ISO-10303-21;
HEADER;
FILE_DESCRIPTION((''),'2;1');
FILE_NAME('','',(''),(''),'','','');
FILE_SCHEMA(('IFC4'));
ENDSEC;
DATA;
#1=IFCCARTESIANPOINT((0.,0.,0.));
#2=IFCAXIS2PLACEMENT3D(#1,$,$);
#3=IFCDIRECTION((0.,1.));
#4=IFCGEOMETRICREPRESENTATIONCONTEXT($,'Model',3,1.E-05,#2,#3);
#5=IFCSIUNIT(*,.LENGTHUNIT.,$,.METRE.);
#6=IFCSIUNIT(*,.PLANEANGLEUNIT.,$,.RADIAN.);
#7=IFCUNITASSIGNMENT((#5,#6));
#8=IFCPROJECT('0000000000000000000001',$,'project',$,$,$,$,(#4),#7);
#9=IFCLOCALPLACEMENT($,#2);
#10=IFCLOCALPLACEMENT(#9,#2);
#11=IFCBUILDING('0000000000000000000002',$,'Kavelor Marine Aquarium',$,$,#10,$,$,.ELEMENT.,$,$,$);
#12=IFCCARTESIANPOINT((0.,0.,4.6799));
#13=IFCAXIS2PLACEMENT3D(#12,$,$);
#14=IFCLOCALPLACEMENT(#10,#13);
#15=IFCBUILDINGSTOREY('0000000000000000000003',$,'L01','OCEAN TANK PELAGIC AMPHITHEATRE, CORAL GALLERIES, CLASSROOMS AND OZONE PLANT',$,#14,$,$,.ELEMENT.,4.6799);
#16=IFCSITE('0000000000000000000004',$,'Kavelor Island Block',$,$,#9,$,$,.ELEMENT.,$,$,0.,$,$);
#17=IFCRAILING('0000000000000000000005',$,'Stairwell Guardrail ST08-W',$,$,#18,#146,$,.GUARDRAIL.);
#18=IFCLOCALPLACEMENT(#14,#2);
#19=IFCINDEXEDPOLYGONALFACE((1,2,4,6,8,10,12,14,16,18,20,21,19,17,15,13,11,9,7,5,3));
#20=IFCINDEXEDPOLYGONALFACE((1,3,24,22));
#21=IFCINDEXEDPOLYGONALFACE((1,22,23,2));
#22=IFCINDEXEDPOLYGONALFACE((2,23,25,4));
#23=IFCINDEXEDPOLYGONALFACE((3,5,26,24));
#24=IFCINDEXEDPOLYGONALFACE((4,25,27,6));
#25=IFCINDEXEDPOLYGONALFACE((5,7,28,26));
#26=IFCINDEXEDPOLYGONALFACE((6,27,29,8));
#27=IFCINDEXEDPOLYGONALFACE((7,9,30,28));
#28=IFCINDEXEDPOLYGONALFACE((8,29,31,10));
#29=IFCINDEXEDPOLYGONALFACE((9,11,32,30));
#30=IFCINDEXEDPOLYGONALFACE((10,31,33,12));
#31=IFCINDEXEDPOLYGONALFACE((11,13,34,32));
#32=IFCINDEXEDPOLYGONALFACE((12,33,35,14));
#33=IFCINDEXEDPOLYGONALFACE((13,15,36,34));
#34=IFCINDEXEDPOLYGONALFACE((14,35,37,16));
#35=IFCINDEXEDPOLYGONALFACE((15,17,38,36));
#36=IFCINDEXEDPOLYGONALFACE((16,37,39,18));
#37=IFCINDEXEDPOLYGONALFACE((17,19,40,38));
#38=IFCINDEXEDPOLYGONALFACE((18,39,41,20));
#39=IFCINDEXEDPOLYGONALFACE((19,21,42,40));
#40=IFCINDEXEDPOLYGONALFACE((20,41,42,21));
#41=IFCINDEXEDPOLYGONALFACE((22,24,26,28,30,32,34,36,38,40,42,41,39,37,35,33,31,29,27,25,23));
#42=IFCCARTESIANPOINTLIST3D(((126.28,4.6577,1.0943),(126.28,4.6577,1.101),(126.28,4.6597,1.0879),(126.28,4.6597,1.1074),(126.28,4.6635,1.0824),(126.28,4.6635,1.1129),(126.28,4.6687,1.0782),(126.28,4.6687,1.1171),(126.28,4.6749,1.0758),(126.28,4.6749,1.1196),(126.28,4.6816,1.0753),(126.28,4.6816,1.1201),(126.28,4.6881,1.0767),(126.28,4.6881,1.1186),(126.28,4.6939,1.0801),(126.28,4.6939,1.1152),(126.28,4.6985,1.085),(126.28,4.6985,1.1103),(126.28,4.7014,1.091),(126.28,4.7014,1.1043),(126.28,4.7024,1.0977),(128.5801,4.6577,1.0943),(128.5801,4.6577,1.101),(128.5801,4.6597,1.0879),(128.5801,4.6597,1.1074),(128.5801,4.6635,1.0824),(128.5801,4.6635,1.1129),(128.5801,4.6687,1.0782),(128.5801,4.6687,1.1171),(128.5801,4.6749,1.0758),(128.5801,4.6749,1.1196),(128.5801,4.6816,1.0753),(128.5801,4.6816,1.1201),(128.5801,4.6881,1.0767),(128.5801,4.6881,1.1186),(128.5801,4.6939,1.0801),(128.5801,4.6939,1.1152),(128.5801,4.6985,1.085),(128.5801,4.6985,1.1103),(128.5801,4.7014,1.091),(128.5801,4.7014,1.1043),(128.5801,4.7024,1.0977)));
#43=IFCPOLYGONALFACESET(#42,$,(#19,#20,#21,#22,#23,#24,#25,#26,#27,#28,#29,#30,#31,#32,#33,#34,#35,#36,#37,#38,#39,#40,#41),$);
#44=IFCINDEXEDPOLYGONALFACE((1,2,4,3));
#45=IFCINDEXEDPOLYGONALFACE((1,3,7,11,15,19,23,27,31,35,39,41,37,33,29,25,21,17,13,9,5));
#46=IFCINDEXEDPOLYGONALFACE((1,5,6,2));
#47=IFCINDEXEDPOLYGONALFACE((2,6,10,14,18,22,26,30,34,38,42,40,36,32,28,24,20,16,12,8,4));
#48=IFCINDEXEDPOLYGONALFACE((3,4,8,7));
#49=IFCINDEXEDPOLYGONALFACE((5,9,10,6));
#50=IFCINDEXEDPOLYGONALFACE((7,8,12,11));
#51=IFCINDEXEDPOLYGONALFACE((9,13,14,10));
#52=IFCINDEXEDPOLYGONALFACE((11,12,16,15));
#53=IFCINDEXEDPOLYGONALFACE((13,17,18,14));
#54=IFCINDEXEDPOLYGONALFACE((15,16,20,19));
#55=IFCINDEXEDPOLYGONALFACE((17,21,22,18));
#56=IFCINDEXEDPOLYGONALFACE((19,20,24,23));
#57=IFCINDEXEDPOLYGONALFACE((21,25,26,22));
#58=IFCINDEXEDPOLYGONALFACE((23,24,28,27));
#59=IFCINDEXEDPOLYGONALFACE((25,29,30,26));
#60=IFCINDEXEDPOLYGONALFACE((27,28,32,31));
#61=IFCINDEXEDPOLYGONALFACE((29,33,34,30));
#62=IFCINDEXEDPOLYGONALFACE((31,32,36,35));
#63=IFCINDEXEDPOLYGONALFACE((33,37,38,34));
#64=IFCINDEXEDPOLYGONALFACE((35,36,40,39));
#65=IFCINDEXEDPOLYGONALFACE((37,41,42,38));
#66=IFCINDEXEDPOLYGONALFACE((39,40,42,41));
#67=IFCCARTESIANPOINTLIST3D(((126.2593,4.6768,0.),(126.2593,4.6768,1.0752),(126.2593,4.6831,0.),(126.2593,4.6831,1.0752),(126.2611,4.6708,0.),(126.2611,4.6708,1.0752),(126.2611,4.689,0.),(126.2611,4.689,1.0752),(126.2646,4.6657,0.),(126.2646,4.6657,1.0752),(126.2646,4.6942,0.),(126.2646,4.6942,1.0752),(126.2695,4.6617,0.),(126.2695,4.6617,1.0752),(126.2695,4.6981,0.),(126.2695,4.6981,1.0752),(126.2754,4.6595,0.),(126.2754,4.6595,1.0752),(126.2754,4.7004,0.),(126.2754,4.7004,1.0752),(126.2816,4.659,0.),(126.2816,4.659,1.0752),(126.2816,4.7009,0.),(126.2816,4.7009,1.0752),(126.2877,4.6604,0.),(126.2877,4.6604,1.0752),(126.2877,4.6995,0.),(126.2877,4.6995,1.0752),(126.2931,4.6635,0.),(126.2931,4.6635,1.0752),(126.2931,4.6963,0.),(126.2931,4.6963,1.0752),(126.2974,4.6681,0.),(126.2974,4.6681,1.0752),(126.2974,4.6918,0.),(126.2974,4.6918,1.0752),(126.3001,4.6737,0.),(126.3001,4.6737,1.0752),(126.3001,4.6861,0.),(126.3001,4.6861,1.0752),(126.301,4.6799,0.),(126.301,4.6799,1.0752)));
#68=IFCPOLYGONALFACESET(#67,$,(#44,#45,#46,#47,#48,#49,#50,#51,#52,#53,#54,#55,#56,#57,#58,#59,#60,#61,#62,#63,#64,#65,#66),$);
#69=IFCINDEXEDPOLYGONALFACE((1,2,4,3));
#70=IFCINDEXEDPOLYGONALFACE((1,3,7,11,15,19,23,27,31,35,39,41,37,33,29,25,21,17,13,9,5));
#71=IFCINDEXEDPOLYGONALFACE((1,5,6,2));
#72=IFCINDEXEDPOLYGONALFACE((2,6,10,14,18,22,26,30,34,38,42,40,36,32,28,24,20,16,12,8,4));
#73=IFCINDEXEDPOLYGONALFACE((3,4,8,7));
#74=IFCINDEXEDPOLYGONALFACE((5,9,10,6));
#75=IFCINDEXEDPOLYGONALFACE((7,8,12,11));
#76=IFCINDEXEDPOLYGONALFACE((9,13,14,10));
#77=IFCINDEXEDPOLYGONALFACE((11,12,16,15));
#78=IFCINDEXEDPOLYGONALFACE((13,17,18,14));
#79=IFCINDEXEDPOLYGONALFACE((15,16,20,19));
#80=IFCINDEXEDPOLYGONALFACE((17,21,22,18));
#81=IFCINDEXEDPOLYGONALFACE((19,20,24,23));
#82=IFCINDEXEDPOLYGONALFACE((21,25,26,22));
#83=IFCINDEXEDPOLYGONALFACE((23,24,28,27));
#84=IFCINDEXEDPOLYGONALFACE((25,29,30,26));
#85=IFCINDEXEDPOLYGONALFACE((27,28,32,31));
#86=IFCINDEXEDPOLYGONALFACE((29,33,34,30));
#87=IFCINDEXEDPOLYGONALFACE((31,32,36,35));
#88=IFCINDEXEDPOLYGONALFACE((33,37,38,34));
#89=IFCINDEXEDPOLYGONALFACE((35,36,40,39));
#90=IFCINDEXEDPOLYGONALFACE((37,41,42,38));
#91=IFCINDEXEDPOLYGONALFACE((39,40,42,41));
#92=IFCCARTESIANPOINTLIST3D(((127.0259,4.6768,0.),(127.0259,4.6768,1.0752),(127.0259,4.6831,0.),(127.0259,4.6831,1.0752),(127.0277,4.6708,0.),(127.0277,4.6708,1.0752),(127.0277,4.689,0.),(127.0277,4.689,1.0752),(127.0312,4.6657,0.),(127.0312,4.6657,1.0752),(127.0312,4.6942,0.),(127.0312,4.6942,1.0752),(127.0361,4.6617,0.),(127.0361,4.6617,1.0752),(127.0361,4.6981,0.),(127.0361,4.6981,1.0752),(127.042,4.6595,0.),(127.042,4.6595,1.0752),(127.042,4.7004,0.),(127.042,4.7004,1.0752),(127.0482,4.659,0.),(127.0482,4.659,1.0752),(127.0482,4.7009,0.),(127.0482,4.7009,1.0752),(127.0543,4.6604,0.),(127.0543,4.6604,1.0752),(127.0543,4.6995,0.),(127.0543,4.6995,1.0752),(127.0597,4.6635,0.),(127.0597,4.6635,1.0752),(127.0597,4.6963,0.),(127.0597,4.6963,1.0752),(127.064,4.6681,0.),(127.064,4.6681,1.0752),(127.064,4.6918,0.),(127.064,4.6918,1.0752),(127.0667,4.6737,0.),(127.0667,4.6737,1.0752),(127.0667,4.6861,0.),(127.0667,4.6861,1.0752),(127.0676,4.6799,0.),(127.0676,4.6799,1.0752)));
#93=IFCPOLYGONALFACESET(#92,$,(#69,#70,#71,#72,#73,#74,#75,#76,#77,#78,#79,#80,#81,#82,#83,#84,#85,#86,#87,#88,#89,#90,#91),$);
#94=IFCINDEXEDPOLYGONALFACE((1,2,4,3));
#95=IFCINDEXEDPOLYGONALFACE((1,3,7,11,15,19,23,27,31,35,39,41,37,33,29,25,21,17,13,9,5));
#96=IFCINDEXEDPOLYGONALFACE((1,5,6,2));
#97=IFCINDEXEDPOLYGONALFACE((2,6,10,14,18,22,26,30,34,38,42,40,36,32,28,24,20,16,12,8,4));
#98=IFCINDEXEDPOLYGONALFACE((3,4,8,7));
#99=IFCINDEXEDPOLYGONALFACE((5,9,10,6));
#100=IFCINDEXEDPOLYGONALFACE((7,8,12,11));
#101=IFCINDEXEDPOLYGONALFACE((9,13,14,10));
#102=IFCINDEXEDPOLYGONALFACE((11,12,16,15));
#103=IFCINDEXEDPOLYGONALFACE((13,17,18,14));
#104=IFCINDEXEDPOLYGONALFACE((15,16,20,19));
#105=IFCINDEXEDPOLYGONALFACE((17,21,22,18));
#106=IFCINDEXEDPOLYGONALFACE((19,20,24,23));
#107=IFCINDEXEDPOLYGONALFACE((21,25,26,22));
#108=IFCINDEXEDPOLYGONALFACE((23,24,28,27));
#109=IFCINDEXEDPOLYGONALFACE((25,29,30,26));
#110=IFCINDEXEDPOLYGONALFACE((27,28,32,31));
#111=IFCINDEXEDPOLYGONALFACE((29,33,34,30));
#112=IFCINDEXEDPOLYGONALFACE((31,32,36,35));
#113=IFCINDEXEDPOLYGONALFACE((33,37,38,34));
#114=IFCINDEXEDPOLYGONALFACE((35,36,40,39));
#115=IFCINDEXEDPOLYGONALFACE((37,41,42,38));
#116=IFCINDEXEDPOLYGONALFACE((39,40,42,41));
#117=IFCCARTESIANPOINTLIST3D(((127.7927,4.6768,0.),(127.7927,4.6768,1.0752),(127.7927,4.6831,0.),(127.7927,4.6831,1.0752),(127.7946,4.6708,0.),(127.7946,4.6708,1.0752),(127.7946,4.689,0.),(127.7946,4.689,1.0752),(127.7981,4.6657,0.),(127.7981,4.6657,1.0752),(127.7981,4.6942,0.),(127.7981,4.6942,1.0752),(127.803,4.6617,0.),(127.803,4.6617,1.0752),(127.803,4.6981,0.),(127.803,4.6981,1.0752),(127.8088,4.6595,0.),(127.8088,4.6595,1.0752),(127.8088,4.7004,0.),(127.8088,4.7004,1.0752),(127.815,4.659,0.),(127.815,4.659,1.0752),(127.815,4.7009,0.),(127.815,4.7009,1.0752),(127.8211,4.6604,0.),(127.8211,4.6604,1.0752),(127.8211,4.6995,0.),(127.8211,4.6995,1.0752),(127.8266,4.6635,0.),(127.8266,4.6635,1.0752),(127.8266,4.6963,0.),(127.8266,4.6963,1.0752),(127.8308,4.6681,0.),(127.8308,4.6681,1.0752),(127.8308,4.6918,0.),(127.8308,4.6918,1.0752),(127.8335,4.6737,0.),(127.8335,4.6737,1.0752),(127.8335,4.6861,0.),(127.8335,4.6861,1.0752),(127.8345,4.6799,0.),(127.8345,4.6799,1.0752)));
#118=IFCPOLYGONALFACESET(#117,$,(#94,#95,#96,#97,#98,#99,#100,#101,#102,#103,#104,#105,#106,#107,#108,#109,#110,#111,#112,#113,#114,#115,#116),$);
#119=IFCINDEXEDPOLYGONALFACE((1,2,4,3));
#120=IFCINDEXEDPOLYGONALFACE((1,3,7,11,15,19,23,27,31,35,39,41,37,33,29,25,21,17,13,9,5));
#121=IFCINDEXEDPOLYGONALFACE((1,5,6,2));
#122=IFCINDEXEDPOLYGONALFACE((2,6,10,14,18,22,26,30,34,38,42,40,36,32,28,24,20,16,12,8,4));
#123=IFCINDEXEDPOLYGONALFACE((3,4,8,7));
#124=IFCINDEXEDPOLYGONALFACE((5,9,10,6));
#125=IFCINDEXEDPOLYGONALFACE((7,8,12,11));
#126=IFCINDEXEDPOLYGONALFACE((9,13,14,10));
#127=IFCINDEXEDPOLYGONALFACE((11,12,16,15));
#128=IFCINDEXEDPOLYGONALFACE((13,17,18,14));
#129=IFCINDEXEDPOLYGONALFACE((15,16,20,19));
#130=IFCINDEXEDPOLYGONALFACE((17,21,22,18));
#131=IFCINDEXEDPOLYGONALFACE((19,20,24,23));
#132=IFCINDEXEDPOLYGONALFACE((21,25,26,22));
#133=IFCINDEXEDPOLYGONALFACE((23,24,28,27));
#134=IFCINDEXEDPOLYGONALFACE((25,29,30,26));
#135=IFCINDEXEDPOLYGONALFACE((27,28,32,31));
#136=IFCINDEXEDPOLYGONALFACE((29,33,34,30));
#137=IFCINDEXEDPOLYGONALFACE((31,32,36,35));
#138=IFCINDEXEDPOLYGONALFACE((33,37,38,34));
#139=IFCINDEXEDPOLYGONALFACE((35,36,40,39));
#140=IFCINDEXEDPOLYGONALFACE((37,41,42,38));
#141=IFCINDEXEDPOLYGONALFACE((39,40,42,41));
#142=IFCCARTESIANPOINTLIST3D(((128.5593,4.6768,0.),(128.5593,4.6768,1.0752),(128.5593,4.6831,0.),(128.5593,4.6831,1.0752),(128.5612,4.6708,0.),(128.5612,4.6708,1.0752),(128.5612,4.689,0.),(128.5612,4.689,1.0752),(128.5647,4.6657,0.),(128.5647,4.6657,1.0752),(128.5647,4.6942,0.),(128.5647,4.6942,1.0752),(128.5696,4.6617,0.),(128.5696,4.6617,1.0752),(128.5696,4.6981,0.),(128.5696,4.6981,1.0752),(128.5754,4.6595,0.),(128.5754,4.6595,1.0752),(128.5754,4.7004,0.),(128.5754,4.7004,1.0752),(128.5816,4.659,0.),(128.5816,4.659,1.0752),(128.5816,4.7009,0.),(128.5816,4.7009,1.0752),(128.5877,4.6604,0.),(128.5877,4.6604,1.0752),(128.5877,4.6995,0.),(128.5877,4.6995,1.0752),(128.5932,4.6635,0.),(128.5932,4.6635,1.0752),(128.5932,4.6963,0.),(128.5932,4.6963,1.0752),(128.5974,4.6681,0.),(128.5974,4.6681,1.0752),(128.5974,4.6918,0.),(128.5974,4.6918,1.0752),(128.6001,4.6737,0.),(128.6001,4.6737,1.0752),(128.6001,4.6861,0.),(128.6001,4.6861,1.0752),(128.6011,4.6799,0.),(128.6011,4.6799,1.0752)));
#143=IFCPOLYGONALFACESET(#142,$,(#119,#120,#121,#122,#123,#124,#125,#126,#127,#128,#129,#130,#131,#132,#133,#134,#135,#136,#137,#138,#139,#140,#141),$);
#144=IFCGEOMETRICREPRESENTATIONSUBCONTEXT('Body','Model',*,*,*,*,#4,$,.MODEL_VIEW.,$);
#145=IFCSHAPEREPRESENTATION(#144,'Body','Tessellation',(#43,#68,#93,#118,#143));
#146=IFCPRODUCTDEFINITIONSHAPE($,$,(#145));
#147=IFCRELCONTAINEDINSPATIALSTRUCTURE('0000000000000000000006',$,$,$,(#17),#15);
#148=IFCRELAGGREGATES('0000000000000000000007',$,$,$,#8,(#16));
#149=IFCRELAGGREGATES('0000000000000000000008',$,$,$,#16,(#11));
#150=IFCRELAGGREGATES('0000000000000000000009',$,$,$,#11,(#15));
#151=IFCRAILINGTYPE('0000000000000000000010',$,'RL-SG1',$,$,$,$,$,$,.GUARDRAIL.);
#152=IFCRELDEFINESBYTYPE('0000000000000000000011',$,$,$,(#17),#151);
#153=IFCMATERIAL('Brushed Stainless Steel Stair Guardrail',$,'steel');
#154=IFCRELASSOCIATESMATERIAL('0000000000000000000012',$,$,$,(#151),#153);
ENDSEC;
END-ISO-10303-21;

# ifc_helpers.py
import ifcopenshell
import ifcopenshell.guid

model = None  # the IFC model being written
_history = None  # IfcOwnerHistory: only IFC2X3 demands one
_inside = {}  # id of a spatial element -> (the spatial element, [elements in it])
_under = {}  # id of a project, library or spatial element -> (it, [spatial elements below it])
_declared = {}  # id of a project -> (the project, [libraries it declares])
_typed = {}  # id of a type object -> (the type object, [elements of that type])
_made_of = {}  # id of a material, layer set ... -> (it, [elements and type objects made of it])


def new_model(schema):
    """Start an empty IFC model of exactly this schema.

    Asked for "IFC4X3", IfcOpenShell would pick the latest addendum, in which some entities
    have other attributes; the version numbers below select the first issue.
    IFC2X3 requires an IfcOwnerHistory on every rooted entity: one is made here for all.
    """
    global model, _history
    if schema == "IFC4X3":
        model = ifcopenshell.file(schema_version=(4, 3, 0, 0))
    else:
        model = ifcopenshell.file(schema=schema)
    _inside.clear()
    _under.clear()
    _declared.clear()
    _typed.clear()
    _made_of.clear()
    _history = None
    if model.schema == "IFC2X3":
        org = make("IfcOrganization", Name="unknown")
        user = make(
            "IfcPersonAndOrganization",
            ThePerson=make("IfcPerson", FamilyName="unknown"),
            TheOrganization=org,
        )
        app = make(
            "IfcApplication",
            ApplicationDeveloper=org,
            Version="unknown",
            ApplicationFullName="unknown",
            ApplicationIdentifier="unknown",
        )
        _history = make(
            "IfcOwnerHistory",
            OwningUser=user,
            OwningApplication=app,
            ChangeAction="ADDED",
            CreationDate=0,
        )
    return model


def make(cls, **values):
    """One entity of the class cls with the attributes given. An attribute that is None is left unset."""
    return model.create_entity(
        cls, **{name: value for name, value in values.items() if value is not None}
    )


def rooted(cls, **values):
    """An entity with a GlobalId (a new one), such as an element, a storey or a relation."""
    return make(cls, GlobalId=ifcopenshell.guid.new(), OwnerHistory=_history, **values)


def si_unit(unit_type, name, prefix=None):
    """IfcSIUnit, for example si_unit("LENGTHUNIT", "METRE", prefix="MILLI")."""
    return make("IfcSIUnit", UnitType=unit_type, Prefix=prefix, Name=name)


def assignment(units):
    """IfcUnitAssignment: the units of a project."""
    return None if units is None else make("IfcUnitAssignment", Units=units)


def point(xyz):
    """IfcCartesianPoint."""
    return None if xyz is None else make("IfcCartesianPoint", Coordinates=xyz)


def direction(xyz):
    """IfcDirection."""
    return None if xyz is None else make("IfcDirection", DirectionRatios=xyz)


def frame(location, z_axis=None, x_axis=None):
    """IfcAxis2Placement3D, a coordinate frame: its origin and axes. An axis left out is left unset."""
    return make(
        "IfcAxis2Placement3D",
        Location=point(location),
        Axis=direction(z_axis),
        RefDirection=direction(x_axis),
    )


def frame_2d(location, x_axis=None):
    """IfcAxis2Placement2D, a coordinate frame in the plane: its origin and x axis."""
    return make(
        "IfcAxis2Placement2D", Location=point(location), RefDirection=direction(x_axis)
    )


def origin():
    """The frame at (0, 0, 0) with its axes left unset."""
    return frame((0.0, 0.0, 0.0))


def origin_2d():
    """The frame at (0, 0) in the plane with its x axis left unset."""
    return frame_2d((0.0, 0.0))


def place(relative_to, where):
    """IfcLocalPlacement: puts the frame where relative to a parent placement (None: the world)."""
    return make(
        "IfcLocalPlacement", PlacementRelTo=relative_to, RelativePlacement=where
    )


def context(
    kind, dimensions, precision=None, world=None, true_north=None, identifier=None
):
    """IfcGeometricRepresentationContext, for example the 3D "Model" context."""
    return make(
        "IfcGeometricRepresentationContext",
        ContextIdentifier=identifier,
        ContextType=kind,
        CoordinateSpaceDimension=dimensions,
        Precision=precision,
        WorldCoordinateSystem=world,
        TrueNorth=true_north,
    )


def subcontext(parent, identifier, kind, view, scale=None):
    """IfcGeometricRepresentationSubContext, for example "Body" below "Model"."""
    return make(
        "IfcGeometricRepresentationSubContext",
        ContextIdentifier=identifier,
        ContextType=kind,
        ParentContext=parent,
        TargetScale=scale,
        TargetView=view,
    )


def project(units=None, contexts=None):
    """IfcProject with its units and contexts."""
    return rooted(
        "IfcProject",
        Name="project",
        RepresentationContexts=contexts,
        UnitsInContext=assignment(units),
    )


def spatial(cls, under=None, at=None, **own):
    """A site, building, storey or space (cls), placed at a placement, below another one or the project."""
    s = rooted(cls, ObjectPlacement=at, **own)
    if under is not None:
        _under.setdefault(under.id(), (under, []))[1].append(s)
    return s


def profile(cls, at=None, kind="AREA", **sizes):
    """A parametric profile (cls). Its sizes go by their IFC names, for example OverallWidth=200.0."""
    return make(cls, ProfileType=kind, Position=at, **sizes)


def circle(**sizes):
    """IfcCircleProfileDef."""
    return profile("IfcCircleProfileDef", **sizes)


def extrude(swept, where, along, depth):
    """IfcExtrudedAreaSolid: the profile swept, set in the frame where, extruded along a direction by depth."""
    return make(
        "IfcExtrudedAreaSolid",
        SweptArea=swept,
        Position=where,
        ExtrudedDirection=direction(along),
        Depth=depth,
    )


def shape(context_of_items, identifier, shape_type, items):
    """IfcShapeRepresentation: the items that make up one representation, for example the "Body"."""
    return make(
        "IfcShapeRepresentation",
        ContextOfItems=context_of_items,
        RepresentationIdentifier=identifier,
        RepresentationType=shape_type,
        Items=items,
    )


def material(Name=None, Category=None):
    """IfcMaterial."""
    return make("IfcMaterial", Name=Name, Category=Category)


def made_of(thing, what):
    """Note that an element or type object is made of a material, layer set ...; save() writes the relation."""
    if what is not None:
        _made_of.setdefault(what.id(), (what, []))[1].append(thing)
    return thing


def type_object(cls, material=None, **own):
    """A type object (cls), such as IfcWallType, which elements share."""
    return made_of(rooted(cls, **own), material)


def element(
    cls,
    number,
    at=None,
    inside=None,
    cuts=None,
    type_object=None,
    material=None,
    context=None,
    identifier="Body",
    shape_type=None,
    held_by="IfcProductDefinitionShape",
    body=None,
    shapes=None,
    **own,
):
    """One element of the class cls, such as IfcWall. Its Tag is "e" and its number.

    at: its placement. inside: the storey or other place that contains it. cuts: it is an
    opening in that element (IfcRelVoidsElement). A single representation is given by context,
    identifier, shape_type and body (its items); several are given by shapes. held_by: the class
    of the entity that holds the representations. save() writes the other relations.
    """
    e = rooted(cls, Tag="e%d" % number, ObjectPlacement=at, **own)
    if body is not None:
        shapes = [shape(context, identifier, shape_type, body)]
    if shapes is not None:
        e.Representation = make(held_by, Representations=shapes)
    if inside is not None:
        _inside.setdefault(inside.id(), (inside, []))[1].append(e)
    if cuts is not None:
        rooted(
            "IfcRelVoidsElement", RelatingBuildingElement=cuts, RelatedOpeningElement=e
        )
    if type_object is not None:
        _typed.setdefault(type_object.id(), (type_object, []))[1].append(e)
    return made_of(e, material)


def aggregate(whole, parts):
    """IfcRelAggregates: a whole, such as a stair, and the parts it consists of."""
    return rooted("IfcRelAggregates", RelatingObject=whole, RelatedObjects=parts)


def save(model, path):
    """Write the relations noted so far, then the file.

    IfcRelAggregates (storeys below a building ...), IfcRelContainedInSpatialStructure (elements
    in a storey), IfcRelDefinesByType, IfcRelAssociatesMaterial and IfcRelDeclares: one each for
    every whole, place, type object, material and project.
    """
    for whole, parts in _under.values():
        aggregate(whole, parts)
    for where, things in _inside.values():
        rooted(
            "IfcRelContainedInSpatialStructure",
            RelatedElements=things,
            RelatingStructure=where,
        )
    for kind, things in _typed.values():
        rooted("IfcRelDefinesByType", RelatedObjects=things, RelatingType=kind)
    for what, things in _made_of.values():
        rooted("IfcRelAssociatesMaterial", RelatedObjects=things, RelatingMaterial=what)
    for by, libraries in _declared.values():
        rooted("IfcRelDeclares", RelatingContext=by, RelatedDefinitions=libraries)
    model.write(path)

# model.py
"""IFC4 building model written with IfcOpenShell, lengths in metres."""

from ifc_helpers import new_model, si_unit, direction, frame, origin, origin_2d, place, context, subcontext, project, spatial, circle, extrude, material, type_object, element, save


model = new_model("IFC4")

# Units and contexts
model_context = context("Model", 3, precision=1e-05, world=origin(), true_north=direction((0.0, 1.0)))
body_context = subcontext(model_context, "Body", "Model", "MODEL_VIEW")
ifc_project = project(units=[si_unit("LENGTHUNIT", "METRE"), si_unit("PLANEANGLEUNIT", "RADIAN")], contexts=[model_context])

# Site, building, storey
site_placement = place(None, origin())
site = spatial("IfcSite", under=ifc_project, at=site_placement, Name="Kavelor Island Block", CompositionType="ELEMENT", RefElevation=0.0)
building_placement = place(site_placement, origin())
building = spatial("IfcBuilding", under=site, at=building_placement, Name="Kavelor Marine Aquarium", CompositionType="ELEMENT")
storey_placement = place(building_placement, frame((0.0, 0.0, 4.6799)))
storey = spatial("IfcBuildingStorey", under=building, at=storey_placement, Name="L01", Description="OCEAN TANK PELAGIC AMPHITHEATRE, CORAL GALLERIES, CLASSROOMS AND OZONE PLANT", CompositionType="ELEMENT", Elevation=4.6799)

# Railing
ifc_material_1 = material(Name="Brushed Stainless Steel Stair Guardrail", Category="steel")
railing_type_1 = type_object("IfcRailingType", Name="RL-SG1", PredefinedType="GUARDRAIL", material=ifc_material_1)
railing_1_placement = place(storey_placement, frame((126.28, 4.6799, 0.0)))
element("IfcRailing", 1, at=railing_1_placement, inside=storey, type_object=railing_type_1, Name="Stairwell Guardrail ST08-W", PredefinedType="GUARDRAIL", context=body_context, shape_type="SweptSolid", body=[
    extrude(circle(Radius=0.0225, at=origin_2d()), frame((0.0, 0.0, 1.0977), z_axis=(1.0, 0.0, 0.0), x_axis=(0.0, 1.0, 0.0)), (0.0, 0.0, 1.0), 2.3),
    extrude(circle(Radius=0.021, at=origin_2d()), origin(), (0.0, 0.0, 1.0), 1.0752),
    extrude(circle(Radius=0.021, at=origin_2d()), frame((0.7666, 0.0, 0.0)), (0.0, 0.0, 1.0), 1.0752),
    extrude(circle(Radius=0.021, at=origin_2d()), frame((1.5334, 0.0, 0.0)), (0.0, 0.0, 1.0), 1.0752),
    extrude(circle(Radius=0.021, at=origin_2d()), frame((2.3, 0.0, 0.0)), (0.0, 0.0, 1.0), 1.0752),
])

save(model, "model.ifc")
